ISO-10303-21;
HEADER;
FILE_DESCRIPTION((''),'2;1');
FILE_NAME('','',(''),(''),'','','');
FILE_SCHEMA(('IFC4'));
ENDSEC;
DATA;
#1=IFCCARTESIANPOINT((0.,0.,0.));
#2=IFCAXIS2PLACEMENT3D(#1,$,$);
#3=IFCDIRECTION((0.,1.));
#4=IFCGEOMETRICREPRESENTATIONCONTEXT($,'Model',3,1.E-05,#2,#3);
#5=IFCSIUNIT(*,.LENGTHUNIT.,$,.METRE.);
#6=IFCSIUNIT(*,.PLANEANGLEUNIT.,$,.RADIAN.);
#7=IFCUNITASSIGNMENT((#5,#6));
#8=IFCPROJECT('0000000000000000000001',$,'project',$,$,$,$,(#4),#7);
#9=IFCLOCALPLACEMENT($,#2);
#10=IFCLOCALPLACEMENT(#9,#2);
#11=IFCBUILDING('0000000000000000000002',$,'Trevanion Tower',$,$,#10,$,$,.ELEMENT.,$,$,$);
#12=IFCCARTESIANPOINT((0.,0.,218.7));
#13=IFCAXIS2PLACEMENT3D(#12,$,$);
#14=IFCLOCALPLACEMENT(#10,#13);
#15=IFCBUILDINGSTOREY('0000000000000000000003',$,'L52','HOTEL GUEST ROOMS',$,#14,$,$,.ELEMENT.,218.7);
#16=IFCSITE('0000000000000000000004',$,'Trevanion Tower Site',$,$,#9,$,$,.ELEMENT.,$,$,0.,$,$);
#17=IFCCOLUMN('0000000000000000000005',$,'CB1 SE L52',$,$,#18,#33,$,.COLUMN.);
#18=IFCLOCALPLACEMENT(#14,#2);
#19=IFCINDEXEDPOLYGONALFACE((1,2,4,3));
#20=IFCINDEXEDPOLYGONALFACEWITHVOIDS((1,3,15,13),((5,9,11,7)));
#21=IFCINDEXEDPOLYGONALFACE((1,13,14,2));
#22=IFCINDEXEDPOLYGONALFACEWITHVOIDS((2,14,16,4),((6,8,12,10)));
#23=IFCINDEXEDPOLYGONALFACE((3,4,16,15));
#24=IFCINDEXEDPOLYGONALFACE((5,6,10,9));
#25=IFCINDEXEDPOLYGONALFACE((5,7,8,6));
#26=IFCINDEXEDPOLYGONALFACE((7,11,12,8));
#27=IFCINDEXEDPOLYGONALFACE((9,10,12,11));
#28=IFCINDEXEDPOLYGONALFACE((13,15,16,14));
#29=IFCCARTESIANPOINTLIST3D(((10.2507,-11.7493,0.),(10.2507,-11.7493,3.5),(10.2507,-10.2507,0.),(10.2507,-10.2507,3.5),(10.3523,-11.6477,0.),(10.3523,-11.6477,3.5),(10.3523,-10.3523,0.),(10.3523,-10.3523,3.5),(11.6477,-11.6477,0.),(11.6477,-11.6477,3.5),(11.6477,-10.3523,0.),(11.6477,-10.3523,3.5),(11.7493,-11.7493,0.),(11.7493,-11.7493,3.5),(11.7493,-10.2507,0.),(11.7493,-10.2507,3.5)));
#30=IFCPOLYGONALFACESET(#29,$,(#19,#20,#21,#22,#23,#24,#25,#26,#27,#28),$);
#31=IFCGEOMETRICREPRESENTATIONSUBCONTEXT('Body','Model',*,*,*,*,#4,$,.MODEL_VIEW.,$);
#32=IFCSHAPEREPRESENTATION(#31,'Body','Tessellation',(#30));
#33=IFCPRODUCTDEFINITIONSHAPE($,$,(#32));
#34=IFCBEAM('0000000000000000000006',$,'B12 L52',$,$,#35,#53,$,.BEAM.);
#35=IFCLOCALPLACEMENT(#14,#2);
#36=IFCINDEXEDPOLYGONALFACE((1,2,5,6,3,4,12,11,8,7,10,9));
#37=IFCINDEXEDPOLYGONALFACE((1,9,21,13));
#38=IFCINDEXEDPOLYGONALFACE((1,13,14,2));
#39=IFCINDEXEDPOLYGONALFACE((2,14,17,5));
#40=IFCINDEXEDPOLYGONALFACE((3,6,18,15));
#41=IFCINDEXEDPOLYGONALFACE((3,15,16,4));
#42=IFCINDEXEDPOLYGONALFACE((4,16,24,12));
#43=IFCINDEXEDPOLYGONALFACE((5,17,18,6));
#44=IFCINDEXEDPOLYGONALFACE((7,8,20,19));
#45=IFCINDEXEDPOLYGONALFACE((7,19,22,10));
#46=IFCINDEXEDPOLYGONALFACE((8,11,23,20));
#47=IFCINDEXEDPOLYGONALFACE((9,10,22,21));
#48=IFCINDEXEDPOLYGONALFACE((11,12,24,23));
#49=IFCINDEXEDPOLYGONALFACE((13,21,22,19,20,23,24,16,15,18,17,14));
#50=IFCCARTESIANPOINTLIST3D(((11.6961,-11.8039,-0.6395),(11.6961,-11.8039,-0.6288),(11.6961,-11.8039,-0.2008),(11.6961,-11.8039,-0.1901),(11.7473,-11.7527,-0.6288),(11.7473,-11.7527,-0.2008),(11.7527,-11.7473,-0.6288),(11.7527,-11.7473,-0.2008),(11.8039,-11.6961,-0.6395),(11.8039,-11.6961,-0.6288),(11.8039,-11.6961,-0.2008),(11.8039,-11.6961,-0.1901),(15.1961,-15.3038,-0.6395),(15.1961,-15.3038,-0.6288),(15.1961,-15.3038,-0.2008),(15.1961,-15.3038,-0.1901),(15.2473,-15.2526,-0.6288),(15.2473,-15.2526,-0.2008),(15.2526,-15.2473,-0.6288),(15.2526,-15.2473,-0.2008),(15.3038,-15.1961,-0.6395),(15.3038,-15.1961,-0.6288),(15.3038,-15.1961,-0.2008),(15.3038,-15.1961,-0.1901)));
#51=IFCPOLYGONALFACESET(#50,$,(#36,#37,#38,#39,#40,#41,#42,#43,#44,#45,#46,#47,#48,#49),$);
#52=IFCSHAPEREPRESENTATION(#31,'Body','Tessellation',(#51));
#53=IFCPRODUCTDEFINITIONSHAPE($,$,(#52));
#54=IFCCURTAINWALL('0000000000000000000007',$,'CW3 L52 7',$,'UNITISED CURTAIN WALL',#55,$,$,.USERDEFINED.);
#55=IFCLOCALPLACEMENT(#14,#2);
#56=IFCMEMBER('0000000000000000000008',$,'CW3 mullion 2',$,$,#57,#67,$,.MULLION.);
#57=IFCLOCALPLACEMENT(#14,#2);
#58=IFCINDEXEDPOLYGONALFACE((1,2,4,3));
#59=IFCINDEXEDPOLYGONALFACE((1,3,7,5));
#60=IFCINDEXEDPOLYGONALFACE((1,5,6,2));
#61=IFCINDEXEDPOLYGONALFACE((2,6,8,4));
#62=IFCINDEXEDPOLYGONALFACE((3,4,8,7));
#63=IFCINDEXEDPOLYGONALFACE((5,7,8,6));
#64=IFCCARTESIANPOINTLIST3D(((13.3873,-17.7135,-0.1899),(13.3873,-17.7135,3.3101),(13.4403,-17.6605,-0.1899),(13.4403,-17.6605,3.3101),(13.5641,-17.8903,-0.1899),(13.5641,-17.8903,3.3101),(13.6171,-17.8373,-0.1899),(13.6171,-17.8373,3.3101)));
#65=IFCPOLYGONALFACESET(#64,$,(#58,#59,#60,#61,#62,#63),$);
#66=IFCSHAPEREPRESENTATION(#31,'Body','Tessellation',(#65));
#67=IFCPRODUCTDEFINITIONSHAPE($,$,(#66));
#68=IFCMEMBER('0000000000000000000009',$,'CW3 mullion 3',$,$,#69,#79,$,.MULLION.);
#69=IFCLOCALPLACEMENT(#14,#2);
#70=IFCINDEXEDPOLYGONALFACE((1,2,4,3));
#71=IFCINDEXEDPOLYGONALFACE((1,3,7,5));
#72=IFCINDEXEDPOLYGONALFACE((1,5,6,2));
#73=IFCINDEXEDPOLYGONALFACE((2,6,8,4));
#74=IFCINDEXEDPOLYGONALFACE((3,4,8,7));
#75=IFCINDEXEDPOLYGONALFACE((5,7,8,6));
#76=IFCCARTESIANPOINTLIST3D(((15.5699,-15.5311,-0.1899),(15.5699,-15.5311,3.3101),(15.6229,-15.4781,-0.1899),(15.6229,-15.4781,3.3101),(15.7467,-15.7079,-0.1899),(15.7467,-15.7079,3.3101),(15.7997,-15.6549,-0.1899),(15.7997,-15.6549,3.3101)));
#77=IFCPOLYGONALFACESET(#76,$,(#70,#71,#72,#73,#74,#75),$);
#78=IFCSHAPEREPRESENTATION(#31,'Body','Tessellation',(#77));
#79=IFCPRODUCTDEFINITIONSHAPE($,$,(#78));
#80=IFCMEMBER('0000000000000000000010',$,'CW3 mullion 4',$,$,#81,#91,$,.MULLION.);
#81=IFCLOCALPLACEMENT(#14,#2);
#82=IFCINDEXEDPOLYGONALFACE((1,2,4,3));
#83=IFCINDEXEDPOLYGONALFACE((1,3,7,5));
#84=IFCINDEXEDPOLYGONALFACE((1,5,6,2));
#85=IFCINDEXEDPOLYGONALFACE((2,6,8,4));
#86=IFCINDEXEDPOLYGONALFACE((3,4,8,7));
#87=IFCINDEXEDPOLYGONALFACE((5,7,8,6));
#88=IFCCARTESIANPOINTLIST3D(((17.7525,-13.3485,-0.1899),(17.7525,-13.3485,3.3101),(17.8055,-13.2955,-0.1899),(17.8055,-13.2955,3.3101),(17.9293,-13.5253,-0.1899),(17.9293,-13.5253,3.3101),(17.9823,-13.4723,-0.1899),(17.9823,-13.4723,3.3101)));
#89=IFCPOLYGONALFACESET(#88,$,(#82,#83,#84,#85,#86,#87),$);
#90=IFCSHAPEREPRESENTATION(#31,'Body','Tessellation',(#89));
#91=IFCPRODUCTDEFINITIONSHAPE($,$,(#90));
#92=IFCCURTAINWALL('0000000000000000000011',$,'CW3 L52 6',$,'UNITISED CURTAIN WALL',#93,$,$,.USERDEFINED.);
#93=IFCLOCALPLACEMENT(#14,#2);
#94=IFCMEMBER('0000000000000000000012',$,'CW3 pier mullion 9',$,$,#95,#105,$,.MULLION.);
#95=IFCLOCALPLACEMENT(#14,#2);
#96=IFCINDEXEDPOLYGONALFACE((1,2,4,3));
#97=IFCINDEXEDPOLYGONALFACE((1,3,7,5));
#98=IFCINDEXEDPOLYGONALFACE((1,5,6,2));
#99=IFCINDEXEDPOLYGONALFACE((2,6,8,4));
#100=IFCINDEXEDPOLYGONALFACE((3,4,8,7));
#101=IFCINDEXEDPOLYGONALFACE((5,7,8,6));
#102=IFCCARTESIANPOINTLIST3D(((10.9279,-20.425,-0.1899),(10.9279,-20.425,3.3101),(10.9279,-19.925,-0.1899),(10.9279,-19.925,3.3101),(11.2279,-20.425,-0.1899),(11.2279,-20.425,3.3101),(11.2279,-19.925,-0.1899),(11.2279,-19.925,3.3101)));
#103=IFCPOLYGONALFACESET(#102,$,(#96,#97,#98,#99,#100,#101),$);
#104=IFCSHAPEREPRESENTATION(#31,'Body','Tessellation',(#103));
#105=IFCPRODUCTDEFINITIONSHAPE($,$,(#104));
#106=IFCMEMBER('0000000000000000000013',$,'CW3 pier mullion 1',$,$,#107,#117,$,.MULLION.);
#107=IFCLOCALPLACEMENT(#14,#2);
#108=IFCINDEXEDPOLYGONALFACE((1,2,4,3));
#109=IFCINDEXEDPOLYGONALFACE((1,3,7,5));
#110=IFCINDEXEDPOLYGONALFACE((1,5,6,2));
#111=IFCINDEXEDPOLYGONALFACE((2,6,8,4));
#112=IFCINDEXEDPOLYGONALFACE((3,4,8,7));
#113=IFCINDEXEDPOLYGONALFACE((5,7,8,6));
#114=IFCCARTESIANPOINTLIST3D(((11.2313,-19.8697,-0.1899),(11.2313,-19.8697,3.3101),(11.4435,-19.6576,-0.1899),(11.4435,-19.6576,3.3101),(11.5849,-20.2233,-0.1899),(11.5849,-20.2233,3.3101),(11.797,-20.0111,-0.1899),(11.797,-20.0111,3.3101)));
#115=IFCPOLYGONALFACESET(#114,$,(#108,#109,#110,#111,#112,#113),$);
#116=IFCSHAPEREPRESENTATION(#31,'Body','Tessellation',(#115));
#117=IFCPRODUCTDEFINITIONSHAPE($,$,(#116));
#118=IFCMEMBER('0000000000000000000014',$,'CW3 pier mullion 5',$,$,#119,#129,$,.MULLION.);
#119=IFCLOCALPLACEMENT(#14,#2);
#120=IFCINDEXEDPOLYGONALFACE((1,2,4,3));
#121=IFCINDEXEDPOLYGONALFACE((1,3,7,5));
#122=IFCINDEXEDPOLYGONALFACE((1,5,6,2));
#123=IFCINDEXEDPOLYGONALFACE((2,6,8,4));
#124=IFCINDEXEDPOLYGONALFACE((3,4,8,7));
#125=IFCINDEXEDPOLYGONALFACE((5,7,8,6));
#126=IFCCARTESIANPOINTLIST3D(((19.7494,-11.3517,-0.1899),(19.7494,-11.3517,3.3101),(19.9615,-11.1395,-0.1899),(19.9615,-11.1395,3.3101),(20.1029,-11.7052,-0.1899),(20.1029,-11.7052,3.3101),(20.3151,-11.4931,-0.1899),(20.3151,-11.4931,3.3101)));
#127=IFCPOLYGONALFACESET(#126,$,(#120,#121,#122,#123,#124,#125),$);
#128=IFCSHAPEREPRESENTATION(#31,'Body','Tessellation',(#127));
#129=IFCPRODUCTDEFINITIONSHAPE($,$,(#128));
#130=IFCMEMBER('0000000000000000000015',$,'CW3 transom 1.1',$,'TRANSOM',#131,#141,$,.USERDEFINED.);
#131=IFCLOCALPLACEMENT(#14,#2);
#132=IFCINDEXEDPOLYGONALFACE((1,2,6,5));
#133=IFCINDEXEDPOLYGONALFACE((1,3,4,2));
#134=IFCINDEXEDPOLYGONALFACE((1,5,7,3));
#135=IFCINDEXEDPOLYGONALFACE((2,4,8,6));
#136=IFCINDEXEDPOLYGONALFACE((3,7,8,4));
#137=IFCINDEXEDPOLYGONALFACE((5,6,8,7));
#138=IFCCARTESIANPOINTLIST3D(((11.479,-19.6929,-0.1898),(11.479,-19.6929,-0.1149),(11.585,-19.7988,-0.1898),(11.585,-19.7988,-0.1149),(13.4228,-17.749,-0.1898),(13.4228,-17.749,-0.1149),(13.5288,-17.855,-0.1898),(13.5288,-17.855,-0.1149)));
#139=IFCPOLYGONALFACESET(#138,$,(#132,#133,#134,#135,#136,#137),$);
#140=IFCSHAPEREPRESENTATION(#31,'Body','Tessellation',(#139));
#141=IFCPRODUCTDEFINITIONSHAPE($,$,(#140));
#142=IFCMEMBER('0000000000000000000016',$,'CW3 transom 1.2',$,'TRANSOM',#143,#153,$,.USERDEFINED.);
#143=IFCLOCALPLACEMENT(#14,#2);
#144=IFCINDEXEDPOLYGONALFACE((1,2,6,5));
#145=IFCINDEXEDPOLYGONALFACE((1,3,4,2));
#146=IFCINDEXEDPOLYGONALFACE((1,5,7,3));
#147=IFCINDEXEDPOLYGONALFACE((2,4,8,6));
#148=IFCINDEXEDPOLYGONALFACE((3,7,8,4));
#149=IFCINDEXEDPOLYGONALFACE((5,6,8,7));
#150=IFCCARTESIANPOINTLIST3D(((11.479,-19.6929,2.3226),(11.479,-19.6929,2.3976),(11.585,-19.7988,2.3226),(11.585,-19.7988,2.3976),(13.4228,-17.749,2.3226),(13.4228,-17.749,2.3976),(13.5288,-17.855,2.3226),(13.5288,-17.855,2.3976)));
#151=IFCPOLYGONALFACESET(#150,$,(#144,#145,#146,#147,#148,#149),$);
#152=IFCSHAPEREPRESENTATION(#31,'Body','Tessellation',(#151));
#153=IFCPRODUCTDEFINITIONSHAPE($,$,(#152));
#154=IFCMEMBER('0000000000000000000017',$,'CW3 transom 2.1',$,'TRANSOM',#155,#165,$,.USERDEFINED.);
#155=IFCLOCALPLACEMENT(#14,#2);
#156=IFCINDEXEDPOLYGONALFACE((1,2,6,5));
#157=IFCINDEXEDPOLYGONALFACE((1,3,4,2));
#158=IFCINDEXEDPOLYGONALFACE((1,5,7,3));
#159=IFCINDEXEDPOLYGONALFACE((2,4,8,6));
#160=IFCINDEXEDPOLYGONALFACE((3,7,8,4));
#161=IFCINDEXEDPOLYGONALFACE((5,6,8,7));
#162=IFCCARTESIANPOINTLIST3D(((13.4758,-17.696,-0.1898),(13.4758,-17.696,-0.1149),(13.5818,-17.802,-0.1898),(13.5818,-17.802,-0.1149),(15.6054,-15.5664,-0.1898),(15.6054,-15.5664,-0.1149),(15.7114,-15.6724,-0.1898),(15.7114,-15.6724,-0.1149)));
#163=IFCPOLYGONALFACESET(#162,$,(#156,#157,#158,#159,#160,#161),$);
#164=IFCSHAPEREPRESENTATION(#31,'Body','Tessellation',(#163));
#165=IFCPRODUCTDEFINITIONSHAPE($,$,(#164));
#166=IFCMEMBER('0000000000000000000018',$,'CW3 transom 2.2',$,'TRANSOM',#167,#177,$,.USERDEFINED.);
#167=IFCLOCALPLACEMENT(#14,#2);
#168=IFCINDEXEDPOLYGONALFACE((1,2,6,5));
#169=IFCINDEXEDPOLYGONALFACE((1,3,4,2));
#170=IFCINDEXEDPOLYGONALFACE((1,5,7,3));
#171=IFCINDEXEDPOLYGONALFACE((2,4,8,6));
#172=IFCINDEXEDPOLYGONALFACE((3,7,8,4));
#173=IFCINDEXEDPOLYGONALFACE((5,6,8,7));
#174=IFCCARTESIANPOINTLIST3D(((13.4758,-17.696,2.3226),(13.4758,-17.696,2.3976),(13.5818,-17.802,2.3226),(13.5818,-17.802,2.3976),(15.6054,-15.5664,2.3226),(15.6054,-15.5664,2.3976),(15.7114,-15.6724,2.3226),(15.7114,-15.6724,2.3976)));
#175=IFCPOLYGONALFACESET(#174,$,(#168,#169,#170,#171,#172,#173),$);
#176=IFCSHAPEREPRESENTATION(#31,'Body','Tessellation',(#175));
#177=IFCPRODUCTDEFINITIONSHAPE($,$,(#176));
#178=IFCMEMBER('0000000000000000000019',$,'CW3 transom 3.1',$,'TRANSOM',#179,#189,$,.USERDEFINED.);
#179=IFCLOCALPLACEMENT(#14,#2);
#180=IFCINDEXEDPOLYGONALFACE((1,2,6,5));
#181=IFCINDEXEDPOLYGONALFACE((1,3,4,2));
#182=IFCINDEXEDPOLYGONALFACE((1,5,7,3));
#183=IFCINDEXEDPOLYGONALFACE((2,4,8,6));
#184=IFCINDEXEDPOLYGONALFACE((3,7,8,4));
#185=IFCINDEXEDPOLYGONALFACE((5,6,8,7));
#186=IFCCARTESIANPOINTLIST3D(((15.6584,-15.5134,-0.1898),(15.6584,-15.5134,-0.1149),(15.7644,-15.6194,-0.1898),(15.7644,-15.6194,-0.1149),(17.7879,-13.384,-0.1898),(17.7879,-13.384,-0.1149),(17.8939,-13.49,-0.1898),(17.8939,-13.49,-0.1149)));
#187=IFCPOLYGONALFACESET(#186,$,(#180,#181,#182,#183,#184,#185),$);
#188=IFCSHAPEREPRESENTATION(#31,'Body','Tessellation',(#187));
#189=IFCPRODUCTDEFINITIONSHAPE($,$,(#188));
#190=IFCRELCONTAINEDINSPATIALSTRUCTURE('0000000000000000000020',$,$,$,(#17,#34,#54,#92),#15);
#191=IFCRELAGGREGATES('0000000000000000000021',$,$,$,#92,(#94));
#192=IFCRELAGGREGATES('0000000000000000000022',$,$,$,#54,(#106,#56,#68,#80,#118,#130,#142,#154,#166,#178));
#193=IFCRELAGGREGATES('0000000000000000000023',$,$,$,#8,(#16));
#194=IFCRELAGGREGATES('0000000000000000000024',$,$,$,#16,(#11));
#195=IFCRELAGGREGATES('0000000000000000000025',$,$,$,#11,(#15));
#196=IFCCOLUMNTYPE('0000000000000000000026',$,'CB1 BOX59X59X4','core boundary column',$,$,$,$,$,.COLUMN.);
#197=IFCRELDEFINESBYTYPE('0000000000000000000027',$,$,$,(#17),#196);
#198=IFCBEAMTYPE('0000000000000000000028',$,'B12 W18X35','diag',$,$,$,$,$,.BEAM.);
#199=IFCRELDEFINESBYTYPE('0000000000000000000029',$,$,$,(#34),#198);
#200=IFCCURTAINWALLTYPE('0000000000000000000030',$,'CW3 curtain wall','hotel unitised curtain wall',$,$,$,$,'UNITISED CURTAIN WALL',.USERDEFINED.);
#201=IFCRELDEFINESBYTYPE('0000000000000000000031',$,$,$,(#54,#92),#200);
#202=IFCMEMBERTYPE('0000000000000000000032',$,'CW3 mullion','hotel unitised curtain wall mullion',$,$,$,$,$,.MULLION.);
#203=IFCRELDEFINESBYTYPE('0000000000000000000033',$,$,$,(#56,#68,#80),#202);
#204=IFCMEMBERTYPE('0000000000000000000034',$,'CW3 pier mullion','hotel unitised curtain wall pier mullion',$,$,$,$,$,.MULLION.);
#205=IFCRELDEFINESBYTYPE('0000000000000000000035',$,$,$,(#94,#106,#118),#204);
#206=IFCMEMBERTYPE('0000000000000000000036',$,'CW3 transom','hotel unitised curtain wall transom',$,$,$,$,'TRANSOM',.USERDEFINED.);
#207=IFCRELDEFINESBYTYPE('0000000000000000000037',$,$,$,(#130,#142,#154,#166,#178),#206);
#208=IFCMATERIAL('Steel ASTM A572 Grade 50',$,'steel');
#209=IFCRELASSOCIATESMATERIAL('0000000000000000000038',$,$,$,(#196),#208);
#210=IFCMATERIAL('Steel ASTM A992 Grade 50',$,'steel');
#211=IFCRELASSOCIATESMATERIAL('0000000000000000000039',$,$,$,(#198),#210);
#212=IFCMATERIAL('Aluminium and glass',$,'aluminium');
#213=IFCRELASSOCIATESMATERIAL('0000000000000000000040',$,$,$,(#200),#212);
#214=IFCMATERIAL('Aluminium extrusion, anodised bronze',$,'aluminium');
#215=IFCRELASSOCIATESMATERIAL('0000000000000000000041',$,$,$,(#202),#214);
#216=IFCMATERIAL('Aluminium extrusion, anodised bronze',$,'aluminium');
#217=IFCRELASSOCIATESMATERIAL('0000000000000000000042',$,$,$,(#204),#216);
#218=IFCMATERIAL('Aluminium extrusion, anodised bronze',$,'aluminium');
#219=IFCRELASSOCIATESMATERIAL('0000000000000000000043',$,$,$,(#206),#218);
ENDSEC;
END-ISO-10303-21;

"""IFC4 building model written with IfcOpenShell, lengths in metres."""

from ifc_helpers import new_model, si_unit, direction, frame, origin, origin_2d, place, context, subcontext, project, spatial, rectangle, hollow_rectangle, i_section, extrude, material, material_profile, profile_set, type_object, element, aggregate, save


model = new_model("IFC4")

# Units and contexts
model_context = context("Model", 3, precision=1e-05, world=origin(), true_north=direction((0.0, 1.0)))
body_context = subcontext(model_context, "Body", "Model", "MODEL_VIEW")
ifc_project = project(units=[si_unit("LENGTHUNIT", "METRE"), si_unit("PLANEANGLEUNIT", "RADIAN")], contexts=[model_context])

# Site, building, storey
site_placement = place(None, origin())
site = spatial("IfcSite", under=ifc_project, at=site_placement, Name="Trevanion Tower Site", CompositionType="ELEMENT", RefElevation=0.0)
building_placement = place(site_placement, origin())
building = spatial("IfcBuilding", under=site, at=building_placement, Name="Trevanion Tower", CompositionType="ELEMENT")
storey_placement = place(building_placement, frame((0.0, 0.0, 218.7)))
storey = spatial("IfcBuildingStorey", under=building, at=storey_placement, Name="L52", Description="HOTEL GUEST ROOMS", CompositionType="ELEMENT", Elevation=218.7)

# Column
ifc_material_1 = material(Name="Steel ASTM A572 Grade 50", Category="steel")
ifc_material_profile_1 = material_profile(ifc_material_1, hollow_rectangle(XDim=1.4985, YDim=1.4985, WallThickness=0.1016, at=origin_2d()), Name="BOX59X59X4")
ifc_profile_set_1 = profile_set([ifc_material_profile_1], Name="Steel ASTM A572 Grade 50")
column_type = type_object("IfcColumnType", Name="CB1 BOX59X59X4", Description="core boundary column", PredefinedType="COLUMN", material=ifc_profile_set_1)
column_placement = place(storey_placement, frame((11.0, -11.0, 0.0), z_axis=(0.0, 0.0, 1.0), x_axis=(1.0, 0.0, 0.0)))
element("IfcColumn", 1, at=column_placement, inside=storey, type_object=column_type, Name="CB1 SE L52", PredefinedType="COLUMN", context=body_context, shape_type="SweptSolid", body=[
    extrude(hollow_rectangle(XDim=1.4985, YDim=1.4985, WallThickness=0.1016, at=origin_2d()), origin(), (0.0, 0.0, 1.0), 3.5),
])

# Beam
ifc_material_2 = material(Name="Steel ASTM A992 Grade 50", Category="steel")
ifc_material_profile_2 = material_profile(ifc_material_2, i_section(OverallWidth=0.1523, OverallDepth=0.4495, WebThickness=0.0076, FlangeThickness=0.0107, at=origin_2d()), Name="W18X35")
ifc_profile_set_2 = profile_set([ifc_material_profile_2], Name="Steel ASTM A992 Grade 50")
beam_type_1 = type_object("IfcBeamType", Name="B12 W18X35", Description="diag", PredefinedType="BEAM", material=ifc_profile_set_2)
beam_1_placement = place(storey_placement, frame((11.75, -11.75, -0.4148), z_axis=(0.707107, -0.707107, 0.0), x_axis=(0.707107, 0.707107, 0.0)))
element("IfcBeam", 2, at=beam_1_placement, inside=storey, type_object=beam_type_1, Name="B12 L52", PredefinedType="BEAM", context=body_context, shape_type="SweptSolid", body=[
    extrude(i_section(OverallWidth=0.1523, OverallDepth=0.4495, WebThickness=0.0076, FlangeThickness=0.0107, at=origin_2d()), origin(), (0.0, 0.0, 1.0), 4.9497),
])

# Curtain wall, members
ifc_material_3 = material(Name="Aluminium and glass", Category="aluminium")
curtain_wall_type = type_object("IfcCurtainWallType", Name="CW3 curtain wall", Description="hotel unitised curtain wall", ElementType="UNITISED CURTAIN WALL", PredefinedType="USERDEFINED", material=ifc_material_3)
curtain_wall_1_placement = place(storey_placement, origin())
curtain_wall_1 = element("IfcCurtainWall", 3, at=curtain_wall_1_placement, inside=storey, type_object=curtain_wall_type, Name="CW3 L52 7", ObjectType="UNITISED CURTAIN WALL", PredefinedType="USERDEFINED")
ifc_material_4 = material(Name="Aluminium extrusion, anodised bronze", Category="aluminium")
ifc_material_profile_3 = material_profile(ifc_material_4, rectangle(XDim=0.075, YDim=0.25, at=origin_2d()), Name="CW3 mullion")
ifc_profile_set_3 = profile_set([ifc_material_profile_3], Name="Aluminium extrusion, anodised bronze")
member_type_1 = type_object("IfcMemberType", Name="CW3 mullion", Description="hotel unitised curtain wall mullion", PredefinedType="MULLION", material=ifc_profile_set_3)
member_1_placement = place(storey_placement, frame((13.5022, -17.7754, -0.1899), z_axis=(0.0, 0.0, 1.0), x_axis=(0.707107, 0.707107, 0.0)))
member_1 = element("IfcMember", 4, at=member_1_placement, type_object=member_type_1, Name="CW3 mullion 2", PredefinedType="MULLION", context=body_context, shape_type="SweptSolid", body=[
    extrude(rectangle(XDim=0.075, YDim=0.25, at=origin_2d()), origin(), (0.0, 0.0, 1.0), 3.5),
])
member_2_placement = place(storey_placement, frame((15.6848, -15.593, -0.1899), z_axis=(0.0, 0.0, 1.0), x_axis=(0.707107, 0.707107, 0.0)))
member_2 = element("IfcMember", 5, at=member_2_placement, type_object=member_type_1, Name="CW3 mullion 3", PredefinedType="MULLION", context=body_context, shape_type="SweptSolid", body=[
    extrude(rectangle(XDim=0.075, YDim=0.25, at=origin_2d()), origin(), (0.0, 0.0, 1.0), 3.5),
])
member_3_placement = place(storey_placement, frame((17.8674, -13.4104, -0.1899), z_axis=(0.0, 0.0, 1.0), x_axis=(0.707107, 0.707107, 0.0)))
member_3 = element("IfcMember", 6, at=member_3_placement, type_object=member_type_1, Name="CW3 mullion 4", PredefinedType="MULLION", context=body_context, shape_type="SweptSolid", body=[
    extrude(rectangle(XDim=0.075, YDim=0.25, at=origin_2d()), origin(), (0.0, 0.0, 1.0), 3.5),
])

# Curtain wall, member
curtain_wall_2_placement = place(storey_placement, origin())
curtain_wall_2 = element("IfcCurtainWall", 7, at=curtain_wall_2_placement, inside=storey, type_object=curtain_wall_type, Name="CW3 L52 6", ObjectType="UNITISED CURTAIN WALL", PredefinedType="USERDEFINED")
ifc_material_5 = material(Name="Aluminium extrusion, anodised bronze", Category="aluminium")
ifc_material_profile_4 = material_profile(ifc_material_5, rectangle(XDim=0.3, YDim=0.5, at=origin_2d()), Name="CW3 pier mullion")
ifc_profile_set_4 = profile_set([ifc_material_profile_4], Name="Aluminium extrusion, anodised bronze")
member_type_2 = type_object("IfcMemberType", Name="CW3 pier mullion", Description="hotel unitised curtain wall pier mullion", PredefinedType="MULLION", material=ifc_profile_set_4)
member_4_placement = place(storey_placement, frame((11.0779, -20.175, -0.1899), z_axis=(0.0, 0.0, 1.0), x_axis=(1.0, 0.0, 0.0)))
member_4 = element("IfcMember", 8, at=member_4_placement, type_object=member_type_2, Name="CW3 pier mullion 9", PredefinedType="MULLION", context=body_context, shape_type="SweptSolid", body=[
    extrude(rectangle(XDim=0.3, YDim=0.5, at=origin_2d()), origin(), (0.0, 0.0, 1.0), 3.5),
])
aggregate(curtain_wall_2, [member_4])

# Members
member_5_placement = place(storey_placement, frame((11.5142, -19.9404, -0.1899), z_axis=(0.0, 0.0, 1.0), x_axis=(0.707107, 0.707107, 0.0)))
member_5 = element("IfcMember", 9, at=member_5_placement, type_object=member_type_2, Name="CW3 pier mullion 1", PredefinedType="MULLION", context=body_context, shape_type="SweptSolid", body=[
    extrude(rectangle(XDim=0.3, YDim=0.5, at=origin_2d()), origin(), (0.0, 0.0, 1.0), 3.5),
])
member_6_placement = place(storey_placement, frame((20.0322, -11.4224, -0.1899), z_axis=(0.0, 0.0, 1.0), x_axis=(0.707107, 0.707107, 0.0)))
member_6 = element("IfcMember", 10, at=member_6_placement, type_object=member_type_2, Name="CW3 pier mullion 5", PredefinedType="MULLION", context=body_context, shape_type="SweptSolid", body=[
    extrude(rectangle(XDim=0.3, YDim=0.5, at=origin_2d()), origin(), (0.0, 0.0, 1.0), 3.5),
])
ifc_material_6 = material(Name="Aluminium extrusion, anodised bronze", Category="aluminium")
ifc_material_profile_5 = material_profile(ifc_material_6, rectangle(XDim=0.1499, YDim=0.075, at=origin_2d()), Name="CW3 transom")
ifc_profile_set_5 = profile_set([ifc_material_profile_5], Name="Aluminium extrusion, anodised bronze")
member_type_3 = type_object("IfcMemberType", Name="CW3 transom", Description="hotel unitised curtain wall transom", ElementType="TRANSOM", PredefinedType="USERDEFINED", material=ifc_profile_set_5)
member_7_placement = place(storey_placement, frame((11.532, -19.7458, -0.1523), z_axis=(0.707107, 0.707107, 0.0), x_axis=(-0.707107, 0.707107, 0.0)))
member_7 = element("IfcMember", 11, at=member_7_placement, type_object=member_type_3, Name="CW3 transom 1.1", ObjectType="TRANSOM", PredefinedType="USERDEFINED", context=body_context, shape_type="SweptSolid", body=[
    extrude(rectangle(XDim=0.1499, YDim=0.075, at=origin_2d()), origin(), (0.0, 0.0, 1.0), 2.749),
])
member_8_placement = place(storey_placement, frame((11.532, -19.7458, 2.3601), z_axis=(0.707107, 0.707107, 0.0), x_axis=(-0.707107, 0.707107, 0.0)))
member_8 = element("IfcMember", 12, at=member_8_placement, type_object=member_type_3, Name="CW3 transom 1.2", ObjectType="TRANSOM", PredefinedType="USERDEFINED", context=body_context, shape_type="SweptSolid", body=[
    extrude(rectangle(XDim=0.1499, YDim=0.075, at=origin_2d()), origin(), (0.0, 0.0, 1.0), 2.749),
])
member_9_placement = place(storey_placement, frame((13.5288, -17.749, -0.1523), z_axis=(0.707107, 0.707107, 0.0), x_axis=(-0.707107, 0.707107, 0.0)))
member_9 = element("IfcMember", 13, at=member_9_placement, type_object=member_type_3, Name="CW3 transom 2.1", ObjectType="TRANSOM", PredefinedType="USERDEFINED", context=body_context, shape_type="SweptSolid", body=[
    extrude(rectangle(XDim=0.1499, YDim=0.075, at=origin_2d()), origin(), (0.0, 0.0, 1.0), 3.0117),
])
member_10_placement = place(storey_placement, frame((13.5288, -17.749, 2.3601), z_axis=(0.707107, 0.707107, 0.0), x_axis=(-0.707107, 0.707107, 0.0)))
member_10 = element("IfcMember", 14, at=member_10_placement, type_object=member_type_3, Name="CW3 transom 2.2", ObjectType="TRANSOM", PredefinedType="USERDEFINED", context=body_context, shape_type="SweptSolid", body=[
    extrude(rectangle(XDim=0.1499, YDim=0.075, at=origin_2d()), origin(), (0.0, 0.0, 1.0), 3.0117),
])
member_11_placement = place(storey_placement, frame((15.7114, -15.5664, -0.1523), z_axis=(0.707107, 0.707107, 0.0), x_axis=(-0.707107, 0.707107, 0.0)))
member_11 = element("IfcMember", 15, at=member_11_placement, type_object=member_type_3, Name="CW3 transom 3.1", ObjectType="TRANSOM", PredefinedType="USERDEFINED", context=body_context, shape_type="SweptSolid", body=[
    extrude(rectangle(XDim=0.1499, YDim=0.075, at=origin_2d()), origin(), (0.0, 0.0, 1.0), 3.0115),
])

aggregate(curtain_wall_1, [member_5, member_1, member_2, member_3, member_6, member_7, member_8, member_9, member_10, member_11])

save(model, "model.ifc")
